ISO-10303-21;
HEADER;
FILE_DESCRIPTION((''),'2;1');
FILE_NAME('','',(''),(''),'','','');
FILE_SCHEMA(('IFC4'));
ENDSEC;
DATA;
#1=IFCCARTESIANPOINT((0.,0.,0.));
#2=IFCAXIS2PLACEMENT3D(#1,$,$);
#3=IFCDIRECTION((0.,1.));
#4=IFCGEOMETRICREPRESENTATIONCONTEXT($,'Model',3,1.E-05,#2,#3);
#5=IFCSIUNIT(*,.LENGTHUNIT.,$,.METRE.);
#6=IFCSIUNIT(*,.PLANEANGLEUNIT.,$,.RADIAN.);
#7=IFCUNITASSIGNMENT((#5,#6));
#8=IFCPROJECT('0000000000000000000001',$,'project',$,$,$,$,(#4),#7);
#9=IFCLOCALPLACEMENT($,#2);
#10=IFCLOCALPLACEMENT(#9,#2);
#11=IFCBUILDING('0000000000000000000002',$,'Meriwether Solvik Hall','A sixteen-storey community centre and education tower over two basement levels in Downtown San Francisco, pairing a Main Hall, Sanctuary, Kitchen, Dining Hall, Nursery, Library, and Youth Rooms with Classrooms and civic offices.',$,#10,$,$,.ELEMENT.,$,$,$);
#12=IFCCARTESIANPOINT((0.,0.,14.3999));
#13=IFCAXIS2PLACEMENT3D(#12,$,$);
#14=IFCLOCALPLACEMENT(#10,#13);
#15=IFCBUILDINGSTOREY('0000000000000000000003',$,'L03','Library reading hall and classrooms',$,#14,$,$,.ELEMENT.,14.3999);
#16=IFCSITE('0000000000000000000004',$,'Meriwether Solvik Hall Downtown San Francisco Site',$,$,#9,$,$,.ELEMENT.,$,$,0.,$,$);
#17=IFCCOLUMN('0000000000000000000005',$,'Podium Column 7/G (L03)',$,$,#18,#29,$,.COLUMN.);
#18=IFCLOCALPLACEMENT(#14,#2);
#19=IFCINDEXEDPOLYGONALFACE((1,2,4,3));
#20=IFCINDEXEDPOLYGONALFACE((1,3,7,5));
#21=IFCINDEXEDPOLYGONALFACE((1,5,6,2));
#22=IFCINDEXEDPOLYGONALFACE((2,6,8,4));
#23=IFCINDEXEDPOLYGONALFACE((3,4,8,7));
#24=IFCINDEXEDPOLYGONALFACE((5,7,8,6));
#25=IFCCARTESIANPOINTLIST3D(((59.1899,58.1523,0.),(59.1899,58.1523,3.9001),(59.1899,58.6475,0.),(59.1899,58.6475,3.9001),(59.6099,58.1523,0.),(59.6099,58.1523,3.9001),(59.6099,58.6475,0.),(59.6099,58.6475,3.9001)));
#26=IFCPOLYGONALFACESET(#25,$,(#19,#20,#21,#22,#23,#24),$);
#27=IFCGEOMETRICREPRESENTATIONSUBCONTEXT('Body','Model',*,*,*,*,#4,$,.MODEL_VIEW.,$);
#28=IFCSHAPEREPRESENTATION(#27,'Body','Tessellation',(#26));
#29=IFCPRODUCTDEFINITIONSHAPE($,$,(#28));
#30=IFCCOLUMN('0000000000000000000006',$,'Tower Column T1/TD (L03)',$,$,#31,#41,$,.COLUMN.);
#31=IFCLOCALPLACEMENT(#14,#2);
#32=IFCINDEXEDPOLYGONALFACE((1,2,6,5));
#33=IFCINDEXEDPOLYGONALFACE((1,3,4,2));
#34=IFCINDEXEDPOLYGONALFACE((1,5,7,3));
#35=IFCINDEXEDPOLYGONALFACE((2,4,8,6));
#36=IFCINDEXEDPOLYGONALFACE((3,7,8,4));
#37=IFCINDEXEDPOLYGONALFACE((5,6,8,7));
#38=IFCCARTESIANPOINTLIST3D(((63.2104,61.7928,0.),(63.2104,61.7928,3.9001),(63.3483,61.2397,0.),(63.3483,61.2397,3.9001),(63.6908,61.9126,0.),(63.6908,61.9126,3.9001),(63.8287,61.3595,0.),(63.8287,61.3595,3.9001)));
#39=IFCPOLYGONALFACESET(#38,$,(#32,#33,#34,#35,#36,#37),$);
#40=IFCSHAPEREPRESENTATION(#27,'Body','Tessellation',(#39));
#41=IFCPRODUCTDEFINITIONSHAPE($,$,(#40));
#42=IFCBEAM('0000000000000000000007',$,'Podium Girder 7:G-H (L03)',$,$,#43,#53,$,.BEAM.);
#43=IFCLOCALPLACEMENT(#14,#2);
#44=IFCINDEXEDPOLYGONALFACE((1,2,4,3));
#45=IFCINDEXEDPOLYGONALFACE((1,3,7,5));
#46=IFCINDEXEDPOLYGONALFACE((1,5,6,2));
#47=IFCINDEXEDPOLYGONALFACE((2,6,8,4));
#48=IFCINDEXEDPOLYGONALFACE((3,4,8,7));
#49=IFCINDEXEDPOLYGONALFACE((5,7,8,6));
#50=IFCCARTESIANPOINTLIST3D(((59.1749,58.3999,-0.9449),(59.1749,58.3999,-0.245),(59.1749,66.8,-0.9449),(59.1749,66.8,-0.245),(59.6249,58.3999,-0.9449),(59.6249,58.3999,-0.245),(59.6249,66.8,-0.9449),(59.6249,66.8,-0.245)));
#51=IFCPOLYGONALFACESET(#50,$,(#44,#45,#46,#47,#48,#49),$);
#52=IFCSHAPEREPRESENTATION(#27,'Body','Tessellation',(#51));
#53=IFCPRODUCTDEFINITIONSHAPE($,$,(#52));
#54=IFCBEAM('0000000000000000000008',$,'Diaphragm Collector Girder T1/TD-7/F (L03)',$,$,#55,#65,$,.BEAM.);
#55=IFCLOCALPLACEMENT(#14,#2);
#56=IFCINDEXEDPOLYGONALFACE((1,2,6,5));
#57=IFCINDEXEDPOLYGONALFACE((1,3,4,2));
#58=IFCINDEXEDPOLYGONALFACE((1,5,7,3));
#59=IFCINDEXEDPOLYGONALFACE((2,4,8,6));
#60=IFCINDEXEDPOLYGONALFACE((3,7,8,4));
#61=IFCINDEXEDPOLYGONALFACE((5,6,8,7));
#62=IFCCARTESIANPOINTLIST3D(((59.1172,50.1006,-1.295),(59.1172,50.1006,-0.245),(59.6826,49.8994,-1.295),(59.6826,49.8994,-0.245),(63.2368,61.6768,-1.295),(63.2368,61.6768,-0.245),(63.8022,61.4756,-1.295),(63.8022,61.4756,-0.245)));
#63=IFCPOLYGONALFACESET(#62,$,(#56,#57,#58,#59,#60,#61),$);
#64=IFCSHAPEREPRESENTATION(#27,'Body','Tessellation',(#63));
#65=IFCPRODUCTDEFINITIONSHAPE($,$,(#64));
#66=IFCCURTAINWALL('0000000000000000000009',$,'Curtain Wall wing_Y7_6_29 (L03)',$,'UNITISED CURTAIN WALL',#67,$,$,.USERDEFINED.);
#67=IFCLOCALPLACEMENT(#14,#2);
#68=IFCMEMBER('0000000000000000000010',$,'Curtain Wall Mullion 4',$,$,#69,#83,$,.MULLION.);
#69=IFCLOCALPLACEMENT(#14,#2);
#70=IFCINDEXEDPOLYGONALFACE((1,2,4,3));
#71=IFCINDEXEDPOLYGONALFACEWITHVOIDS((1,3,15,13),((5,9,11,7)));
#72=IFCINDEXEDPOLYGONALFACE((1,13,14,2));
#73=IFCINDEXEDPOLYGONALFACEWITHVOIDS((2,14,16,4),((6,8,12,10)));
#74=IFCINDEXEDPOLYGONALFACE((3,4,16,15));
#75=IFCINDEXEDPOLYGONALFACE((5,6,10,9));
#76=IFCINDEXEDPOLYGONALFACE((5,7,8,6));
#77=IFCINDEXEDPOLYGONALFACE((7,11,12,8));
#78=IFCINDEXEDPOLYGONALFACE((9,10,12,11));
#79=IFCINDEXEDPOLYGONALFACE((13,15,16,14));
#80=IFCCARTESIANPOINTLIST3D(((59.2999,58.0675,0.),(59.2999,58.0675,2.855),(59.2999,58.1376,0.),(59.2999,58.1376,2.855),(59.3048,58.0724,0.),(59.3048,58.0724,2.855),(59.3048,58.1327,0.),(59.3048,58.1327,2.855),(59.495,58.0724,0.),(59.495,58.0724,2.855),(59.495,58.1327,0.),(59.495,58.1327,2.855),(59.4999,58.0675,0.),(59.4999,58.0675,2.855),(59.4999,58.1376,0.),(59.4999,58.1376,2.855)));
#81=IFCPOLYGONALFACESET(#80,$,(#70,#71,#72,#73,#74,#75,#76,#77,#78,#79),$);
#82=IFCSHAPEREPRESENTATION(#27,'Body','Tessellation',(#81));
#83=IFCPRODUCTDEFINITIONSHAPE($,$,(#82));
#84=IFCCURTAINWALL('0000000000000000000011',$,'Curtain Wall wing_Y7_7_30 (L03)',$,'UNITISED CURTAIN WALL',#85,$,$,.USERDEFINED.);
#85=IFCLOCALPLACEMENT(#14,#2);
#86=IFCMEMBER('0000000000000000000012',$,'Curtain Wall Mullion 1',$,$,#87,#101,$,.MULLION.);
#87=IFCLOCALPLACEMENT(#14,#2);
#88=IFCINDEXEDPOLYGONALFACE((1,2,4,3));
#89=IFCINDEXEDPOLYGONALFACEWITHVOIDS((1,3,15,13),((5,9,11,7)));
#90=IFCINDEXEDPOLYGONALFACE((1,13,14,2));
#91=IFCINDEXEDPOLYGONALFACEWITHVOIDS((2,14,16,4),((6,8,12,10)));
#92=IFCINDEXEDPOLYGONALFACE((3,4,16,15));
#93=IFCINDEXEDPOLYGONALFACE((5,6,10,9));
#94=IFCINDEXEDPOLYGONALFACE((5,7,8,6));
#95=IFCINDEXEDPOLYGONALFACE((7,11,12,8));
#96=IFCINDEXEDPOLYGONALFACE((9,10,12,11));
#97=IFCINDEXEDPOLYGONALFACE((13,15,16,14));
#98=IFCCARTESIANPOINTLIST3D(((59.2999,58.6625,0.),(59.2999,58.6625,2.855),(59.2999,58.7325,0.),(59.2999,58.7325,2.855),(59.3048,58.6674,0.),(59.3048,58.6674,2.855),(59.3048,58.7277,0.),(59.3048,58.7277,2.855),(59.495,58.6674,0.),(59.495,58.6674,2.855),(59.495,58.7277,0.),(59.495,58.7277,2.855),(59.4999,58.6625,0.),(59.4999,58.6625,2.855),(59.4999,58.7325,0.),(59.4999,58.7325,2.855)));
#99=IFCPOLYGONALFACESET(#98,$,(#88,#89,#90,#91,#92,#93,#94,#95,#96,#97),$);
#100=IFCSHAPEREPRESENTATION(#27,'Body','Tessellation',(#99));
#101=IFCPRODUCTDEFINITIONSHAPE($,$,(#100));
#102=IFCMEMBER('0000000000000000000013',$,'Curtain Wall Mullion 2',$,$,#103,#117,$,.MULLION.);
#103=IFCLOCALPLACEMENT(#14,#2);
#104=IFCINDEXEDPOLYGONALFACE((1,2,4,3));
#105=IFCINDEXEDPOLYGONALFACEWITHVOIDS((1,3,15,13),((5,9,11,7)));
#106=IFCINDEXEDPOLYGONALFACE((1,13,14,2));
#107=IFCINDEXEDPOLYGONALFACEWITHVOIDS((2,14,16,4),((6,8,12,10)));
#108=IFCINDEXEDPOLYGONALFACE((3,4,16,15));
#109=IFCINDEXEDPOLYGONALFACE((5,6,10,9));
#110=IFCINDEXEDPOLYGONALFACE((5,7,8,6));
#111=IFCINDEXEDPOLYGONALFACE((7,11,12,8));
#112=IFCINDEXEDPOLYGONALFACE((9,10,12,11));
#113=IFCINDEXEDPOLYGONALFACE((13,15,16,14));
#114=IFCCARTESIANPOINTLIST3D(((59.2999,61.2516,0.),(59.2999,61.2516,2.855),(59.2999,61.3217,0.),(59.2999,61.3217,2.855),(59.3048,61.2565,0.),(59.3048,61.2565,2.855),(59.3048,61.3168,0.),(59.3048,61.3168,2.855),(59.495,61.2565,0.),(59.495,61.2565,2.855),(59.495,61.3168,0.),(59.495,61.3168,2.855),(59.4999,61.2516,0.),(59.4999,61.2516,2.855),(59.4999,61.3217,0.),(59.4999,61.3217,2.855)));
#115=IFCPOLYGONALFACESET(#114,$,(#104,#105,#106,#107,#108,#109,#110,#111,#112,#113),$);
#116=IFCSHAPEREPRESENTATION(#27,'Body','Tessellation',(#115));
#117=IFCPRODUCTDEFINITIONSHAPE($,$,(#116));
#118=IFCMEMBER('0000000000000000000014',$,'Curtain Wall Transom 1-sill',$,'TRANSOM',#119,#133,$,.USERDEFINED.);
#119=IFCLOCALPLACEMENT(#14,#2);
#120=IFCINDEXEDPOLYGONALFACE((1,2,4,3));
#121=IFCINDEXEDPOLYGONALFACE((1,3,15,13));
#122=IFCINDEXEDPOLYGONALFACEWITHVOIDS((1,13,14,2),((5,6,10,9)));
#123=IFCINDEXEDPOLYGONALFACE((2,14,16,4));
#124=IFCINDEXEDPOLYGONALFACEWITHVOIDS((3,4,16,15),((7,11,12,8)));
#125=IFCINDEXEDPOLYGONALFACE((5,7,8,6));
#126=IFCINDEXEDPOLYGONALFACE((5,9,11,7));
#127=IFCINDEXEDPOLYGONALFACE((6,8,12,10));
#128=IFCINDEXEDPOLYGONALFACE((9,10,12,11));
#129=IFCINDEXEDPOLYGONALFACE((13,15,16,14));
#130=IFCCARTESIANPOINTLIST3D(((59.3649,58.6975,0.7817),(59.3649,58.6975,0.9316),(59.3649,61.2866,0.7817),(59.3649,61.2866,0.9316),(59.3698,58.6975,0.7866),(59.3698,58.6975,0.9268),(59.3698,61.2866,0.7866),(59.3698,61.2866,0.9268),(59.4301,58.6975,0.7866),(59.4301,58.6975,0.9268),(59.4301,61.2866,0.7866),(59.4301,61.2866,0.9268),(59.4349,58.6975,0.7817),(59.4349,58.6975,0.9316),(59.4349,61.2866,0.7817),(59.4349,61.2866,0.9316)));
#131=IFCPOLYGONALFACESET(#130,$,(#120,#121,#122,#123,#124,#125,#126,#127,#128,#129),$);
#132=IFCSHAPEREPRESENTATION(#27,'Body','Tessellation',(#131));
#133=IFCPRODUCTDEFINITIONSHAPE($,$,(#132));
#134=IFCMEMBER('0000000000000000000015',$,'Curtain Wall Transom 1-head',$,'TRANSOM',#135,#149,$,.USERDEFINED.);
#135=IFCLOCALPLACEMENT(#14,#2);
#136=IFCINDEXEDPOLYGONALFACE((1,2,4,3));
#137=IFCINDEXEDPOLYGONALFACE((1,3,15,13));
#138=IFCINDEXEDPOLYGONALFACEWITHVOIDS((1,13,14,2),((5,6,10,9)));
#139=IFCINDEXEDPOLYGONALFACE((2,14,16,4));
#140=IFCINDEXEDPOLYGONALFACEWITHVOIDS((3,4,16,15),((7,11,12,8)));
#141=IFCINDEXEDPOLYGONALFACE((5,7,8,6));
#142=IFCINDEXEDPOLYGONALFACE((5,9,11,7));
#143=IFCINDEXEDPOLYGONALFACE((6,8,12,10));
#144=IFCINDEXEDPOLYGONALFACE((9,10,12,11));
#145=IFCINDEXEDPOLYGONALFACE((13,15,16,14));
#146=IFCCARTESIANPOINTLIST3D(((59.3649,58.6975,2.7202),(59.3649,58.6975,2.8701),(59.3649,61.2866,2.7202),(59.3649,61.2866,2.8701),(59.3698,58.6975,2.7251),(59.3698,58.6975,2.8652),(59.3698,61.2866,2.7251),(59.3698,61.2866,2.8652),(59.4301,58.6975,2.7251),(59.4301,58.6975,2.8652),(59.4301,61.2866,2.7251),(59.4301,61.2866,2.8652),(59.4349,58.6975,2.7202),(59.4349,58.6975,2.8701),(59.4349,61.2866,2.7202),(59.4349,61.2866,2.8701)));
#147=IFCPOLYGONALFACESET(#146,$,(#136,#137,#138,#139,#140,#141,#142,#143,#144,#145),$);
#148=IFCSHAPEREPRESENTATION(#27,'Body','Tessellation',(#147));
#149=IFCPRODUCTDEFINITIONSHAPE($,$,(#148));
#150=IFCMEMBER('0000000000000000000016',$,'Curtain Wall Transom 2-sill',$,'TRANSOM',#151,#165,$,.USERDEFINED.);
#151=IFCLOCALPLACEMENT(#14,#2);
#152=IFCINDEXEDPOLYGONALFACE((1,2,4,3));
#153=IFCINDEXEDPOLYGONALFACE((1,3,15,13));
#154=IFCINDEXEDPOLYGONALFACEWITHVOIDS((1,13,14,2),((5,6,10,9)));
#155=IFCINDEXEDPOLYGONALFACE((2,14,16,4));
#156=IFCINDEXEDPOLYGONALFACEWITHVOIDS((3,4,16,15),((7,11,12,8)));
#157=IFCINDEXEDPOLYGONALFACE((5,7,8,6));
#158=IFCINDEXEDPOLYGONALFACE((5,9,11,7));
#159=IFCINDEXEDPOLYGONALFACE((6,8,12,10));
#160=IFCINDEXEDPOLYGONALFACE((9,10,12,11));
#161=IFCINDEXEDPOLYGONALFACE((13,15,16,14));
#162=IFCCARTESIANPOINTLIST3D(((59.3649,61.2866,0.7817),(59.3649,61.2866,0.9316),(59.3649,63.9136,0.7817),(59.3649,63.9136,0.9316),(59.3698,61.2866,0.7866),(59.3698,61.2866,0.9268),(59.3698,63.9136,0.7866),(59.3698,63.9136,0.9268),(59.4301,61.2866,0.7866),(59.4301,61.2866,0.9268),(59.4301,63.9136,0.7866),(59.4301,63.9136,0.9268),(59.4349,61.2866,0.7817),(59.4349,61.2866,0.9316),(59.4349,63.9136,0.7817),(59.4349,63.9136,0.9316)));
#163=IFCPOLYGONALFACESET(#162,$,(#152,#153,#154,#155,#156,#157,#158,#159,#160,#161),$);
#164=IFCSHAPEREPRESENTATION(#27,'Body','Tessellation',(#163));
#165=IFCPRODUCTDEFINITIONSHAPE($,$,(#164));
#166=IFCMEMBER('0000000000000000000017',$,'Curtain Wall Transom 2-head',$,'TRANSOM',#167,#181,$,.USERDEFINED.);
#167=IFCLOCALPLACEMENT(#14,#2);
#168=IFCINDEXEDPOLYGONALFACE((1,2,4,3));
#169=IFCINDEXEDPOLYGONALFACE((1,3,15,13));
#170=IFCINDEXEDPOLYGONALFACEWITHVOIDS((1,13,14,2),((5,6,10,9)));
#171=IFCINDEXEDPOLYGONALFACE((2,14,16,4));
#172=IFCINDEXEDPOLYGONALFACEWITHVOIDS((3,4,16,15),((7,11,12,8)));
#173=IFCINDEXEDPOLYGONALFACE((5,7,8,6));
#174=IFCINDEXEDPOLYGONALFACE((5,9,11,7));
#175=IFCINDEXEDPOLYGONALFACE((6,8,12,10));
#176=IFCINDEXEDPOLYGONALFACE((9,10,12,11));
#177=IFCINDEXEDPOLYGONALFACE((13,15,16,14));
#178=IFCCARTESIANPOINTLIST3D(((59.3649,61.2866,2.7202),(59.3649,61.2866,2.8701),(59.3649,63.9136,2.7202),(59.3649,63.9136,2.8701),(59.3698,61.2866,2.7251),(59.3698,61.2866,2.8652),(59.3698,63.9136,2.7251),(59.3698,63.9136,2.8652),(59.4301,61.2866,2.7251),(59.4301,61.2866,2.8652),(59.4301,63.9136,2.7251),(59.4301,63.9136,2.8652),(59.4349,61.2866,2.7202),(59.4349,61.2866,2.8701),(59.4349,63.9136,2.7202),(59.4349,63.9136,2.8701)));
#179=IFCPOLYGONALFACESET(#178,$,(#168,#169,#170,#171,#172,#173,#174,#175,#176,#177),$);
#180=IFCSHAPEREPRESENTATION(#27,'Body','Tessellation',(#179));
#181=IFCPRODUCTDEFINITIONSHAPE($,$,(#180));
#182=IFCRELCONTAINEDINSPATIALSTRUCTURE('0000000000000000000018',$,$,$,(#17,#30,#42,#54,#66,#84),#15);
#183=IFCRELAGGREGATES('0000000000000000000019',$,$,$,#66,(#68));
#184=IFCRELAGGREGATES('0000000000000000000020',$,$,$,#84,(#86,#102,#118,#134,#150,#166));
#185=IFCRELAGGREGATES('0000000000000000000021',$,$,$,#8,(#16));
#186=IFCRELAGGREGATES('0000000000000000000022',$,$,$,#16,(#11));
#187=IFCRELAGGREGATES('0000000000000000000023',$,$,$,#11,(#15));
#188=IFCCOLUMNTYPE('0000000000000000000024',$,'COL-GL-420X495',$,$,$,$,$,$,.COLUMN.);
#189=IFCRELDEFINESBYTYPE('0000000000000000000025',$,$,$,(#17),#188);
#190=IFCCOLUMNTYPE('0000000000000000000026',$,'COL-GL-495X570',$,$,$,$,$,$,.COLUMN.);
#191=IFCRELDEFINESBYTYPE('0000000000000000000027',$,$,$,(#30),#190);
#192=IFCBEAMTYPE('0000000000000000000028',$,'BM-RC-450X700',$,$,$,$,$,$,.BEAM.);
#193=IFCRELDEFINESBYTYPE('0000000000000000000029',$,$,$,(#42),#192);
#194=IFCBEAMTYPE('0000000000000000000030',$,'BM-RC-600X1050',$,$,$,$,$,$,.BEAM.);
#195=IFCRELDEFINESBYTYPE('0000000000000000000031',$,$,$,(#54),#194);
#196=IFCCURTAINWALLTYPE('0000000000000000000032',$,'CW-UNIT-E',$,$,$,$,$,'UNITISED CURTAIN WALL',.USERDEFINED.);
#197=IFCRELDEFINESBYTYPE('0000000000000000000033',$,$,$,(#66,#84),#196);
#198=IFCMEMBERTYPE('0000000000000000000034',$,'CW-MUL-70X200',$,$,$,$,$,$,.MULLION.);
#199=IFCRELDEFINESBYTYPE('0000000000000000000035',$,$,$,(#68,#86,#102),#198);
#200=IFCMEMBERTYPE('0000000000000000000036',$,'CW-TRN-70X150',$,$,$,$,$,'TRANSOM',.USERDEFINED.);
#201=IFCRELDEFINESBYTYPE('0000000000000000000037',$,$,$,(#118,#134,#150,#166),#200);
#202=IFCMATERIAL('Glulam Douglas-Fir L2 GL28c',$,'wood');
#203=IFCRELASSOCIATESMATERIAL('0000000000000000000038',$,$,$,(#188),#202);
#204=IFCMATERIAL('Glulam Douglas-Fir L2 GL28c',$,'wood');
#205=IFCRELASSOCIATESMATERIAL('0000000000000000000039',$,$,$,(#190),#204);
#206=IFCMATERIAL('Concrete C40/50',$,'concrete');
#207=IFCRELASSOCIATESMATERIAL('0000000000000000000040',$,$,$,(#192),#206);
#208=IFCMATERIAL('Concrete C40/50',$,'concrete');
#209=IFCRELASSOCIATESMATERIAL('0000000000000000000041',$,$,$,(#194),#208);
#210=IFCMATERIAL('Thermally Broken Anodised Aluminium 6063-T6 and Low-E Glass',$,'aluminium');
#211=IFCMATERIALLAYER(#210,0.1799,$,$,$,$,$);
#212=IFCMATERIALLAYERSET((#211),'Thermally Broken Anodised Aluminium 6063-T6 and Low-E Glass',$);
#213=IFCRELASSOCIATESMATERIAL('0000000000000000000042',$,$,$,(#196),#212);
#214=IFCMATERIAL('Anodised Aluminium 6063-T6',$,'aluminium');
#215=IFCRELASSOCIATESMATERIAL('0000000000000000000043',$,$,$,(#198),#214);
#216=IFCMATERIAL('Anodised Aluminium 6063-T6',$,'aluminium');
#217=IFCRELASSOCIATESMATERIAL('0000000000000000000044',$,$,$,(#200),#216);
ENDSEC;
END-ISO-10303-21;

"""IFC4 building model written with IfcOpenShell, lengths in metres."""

from ifc_helpers import new_model, si_unit, direction, frame, origin, origin_2d, place, context, subcontext, project, spatial, rectangle, hollow_rectangle, extrude, material, layer, layer_set, material_profile, profile_set, type_object, element, aggregate, save


model = new_model("IFC4")

# Units and contexts
model_context = context("Model", 3, precision=1e-05, world=origin(), true_north=direction((0.0, 1.0)))
body_context = subcontext(model_context, "Body", "Model", "MODEL_VIEW")
ifc_project = project(units=[si_unit("LENGTHUNIT", "METRE"), si_unit("PLANEANGLEUNIT", "RADIAN")], contexts=[model_context])

# Site, building, storey
site_placement = place(None, origin())
site = spatial("IfcSite", under=ifc_project, at=site_placement, Name="Meriwether Solvik Hall Downtown San Francisco Site", CompositionType="ELEMENT", RefElevation=0.0)
building_placement = place(site_placement, origin())
building = spatial("IfcBuilding", under=site, at=building_placement, Name="Meriwether Solvik Hall", Description="A sixteen-storey community centre and education tower over two basement levels in Downtown San Francisco, pairing a Main Hall, Sanctuary, Kitchen, Dining Hall, Nursery, Library, and Youth Rooms with Classrooms and civic offices.", CompositionType="ELEMENT")
storey_placement = place(building_placement, frame((0.0, 0.0, 14.3999)))
storey = spatial("IfcBuildingStorey", under=building, at=storey_placement, Name="L03", Description="Library reading hall and classrooms", CompositionType="ELEMENT", Elevation=14.3999)

# Columns
ifc_material_1 = material(Name="Glulam Douglas-Fir L2 GL28c", Category="wood")
ifc_material_profile_1 = material_profile(ifc_material_1, rectangle(XDim=0.4199, YDim=0.4951, at=origin_2d()), Name="GLC-420X495")
ifc_profile_set_1 = profile_set([ifc_material_profile_1], Name="Glulam Douglas-Fir L2 GL28c")
column_type_1 = type_object("IfcColumnType", Name="COL-GL-420X495", PredefinedType="COLUMN", material=ifc_profile_set_1)
column_1_placement = place(storey_placement, frame((59.3999, 58.3999, 0.0), z_axis=(0.0, 0.0, 1.0), x_axis=(1.0, 0.0, 0.0)))
element("IfcColumn", 1, at=column_1_placement, inside=storey, type_object=column_type_1, Name="Podium Column 7/G (L03)", PredefinedType="COLUMN", context=body_context, shape_type="SweptSolid", body=[
    extrude(rectangle(XDim=0.4199, YDim=0.4951, at=origin_2d()), origin(), (0.0, 0.0, 1.0), 3.9001),
])
ifc_material_2 = material(Name="Glulam Douglas-Fir L2 GL28c", Category="wood")
ifc_material_profile_2 = material_profile(ifc_material_2, rectangle(XDim=0.4951, YDim=0.5701, at=origin_2d()), Name="GLC-495X570")
ifc_profile_set_2 = profile_set([ifc_material_profile_2], Name="Glulam Douglas-Fir L2 GL28c")
column_type_2 = type_object("IfcColumnType", Name="COL-GL-495X570", PredefinedType="COLUMN", material=ifc_profile_set_2)
column_2_placement = place(storey_placement, frame((63.5195, 61.5762, 0.0), z_axis=(0.0, 0.0, 1.0), x_axis=(0.970296, 0.241922, 0.0)))
element("IfcColumn", 2, at=column_2_placement, inside=storey, type_object=column_type_2, Name="Tower Column T1/TD (L03)", PredefinedType="COLUMN", context=body_context, shape_type="SweptSolid", body=[
    extrude(rectangle(XDim=0.4951, YDim=0.5701, at=origin_2d()), origin(), (0.0, 0.0, 1.0), 3.9001),
])

# Beams
ifc_material_3 = material(Name="Concrete C40/50", Category="concrete")
ifc_material_profile_3 = material_profile(ifc_material_3, rectangle(XDim=0.45, YDim=0.7, at=origin_2d()), Name="RCB-450X700")
ifc_profile_set_3 = profile_set([ifc_material_profile_3], Name="Concrete C40/50")
beam_type_1 = type_object("IfcBeamType", Name="BM-RC-450X700", PredefinedType="BEAM", material=ifc_profile_set_3)
beam_1_placement = place(storey_placement, frame((59.3999, 58.3999, -0.595), z_axis=(0.0, 1.0, 0.0), x_axis=(-1.0, 0.0, 0.0)))
element("IfcBeam", 3, at=beam_1_placement, inside=storey, type_object=beam_type_1, Name="Podium Girder 7:G-H (L03)", PredefinedType="BEAM", context=body_context, shape_type="SweptSolid", body=[
    extrude(rectangle(XDim=0.45, YDim=0.7, at=origin_2d()), origin(), (0.0, 0.0, 1.0), 8.4001),
])
ifc_material_4 = material(Name="Concrete C40/50", Category="concrete")
ifc_material_profile_4 = material_profile(ifc_material_4, rectangle(XDim=0.6001, YDim=1.05, at=origin_2d()), Name="RCB-600X1050")
ifc_profile_set_4 = profile_set([ifc_material_profile_4], Name="Concrete C40/50")
beam_type_2 = type_object("IfcBeamType", Name="BM-RC-600X1050", PredefinedType="BEAM", material=ifc_profile_set_4)
beam_2_placement = place(storey_placement, frame((63.5195, 61.5762, -0.77), z_axis=(-0.335274, -0.942121, 0.0), x_axis=(0.942121, -0.335274, 0.0)))
element("IfcBeam", 4, at=beam_2_placement, inside=storey, type_object=beam_type_2, Name="Diaphragm Collector Girder T1/TD-7/F (L03)", PredefinedType="BEAM", context=body_context, shape_type="SweptSolid", body=[
    extrude(rectangle(XDim=0.6001, YDim=1.05, at=origin_2d()), origin(), (0.0, 0.0, 1.0), 12.2874),
])

# Curtain wall, member
ifc_material_5 = material(Name="Thermally Broken Anodised Aluminium 6063-T6 and Low-E Glass", Category="aluminium")
ifc_layer_1 = layer(ifc_material_5, 0.1799)
ifc_layer_set_1 = layer_set([ifc_layer_1], Name="Thermally Broken Anodised Aluminium 6063-T6 and Low-E Glass")
curtain_wall_type = type_object("IfcCurtainWallType", Name="CW-UNIT-E", ElementType="UNITISED CURTAIN WALL", PredefinedType="USERDEFINED", material=ifc_layer_set_1)
curtain_wall_1_placement = place(storey_placement, origin())
curtain_wall_1 = element("IfcCurtainWall", 5, at=curtain_wall_1_placement, inside=storey, type_object=curtain_wall_type, Name="Curtain Wall wing_Y7_6_29 (L03)", ObjectType="UNITISED CURTAIN WALL", PredefinedType="USERDEFINED")
ifc_material_6 = material(Name="Anodised Aluminium 6063-T6", Category="aluminium")
ifc_material_profile_5 = material_profile(ifc_material_6, hollow_rectangle(XDim=0.0701, YDim=0.2, WallThickness=0.0049, at=origin_2d()), Name="CWM-70X200")
ifc_profile_set_5 = profile_set([ifc_material_profile_5], Name="Anodised Aluminium 6063-T6")
member_type_1 = type_object("IfcMemberType", Name="CW-MUL-70X200", PredefinedType="MULLION", material=ifc_profile_set_5)
member_1_placement = place(storey_placement, frame((59.3999, 58.1025, 0.0), z_axis=(0.0, 0.0, 1.0), x_axis=(0.0, 1.0, 0.0)))
member_1 = element("IfcMember", 6, at=member_1_placement, type_object=member_type_1, Name="Curtain Wall Mullion 4", PredefinedType="MULLION", context=body_context, shape_type="SweptSolid", body=[
    extrude(hollow_rectangle(XDim=0.0701, YDim=0.2, WallThickness=0.0049, at=origin_2d()), origin(), (0.0, 0.0, 1.0), 2.855),
])

# Curtain wall, members
curtain_wall_2_placement = place(storey_placement, origin())
curtain_wall_2 = element("IfcCurtainWall", 7, at=curtain_wall_2_placement, inside=storey, type_object=curtain_wall_type, Name="Curtain Wall wing_Y7_7_30 (L03)", ObjectType="UNITISED CURTAIN WALL", PredefinedType="USERDEFINED")
member_2_placement = place(storey_placement, frame((59.3999, 58.6975, 0.0), z_axis=(0.0, 0.0, 1.0), x_axis=(0.0, 1.0, 0.0)))
member_2 = element("IfcMember", 8, at=member_2_placement, type_object=member_type_1, Name="Curtain Wall Mullion 1", PredefinedType="MULLION", context=body_context, shape_type="SweptSolid", body=[
    extrude(hollow_rectangle(XDim=0.0701, YDim=0.2, WallThickness=0.0049, at=origin_2d()), origin(), (0.0, 0.0, 1.0), 2.855),
])
member_3_placement = place(storey_placement, frame((59.3999, 61.2866, 0.0), z_axis=(0.0, 0.0, 1.0), x_axis=(0.0, 1.0, 0.0)))
member_3 = element("IfcMember", 9, at=member_3_placement, type_object=member_type_1, Name="Curtain Wall Mullion 2", PredefinedType="MULLION", context=body_context, shape_type="SweptSolid", body=[
    extrude(hollow_rectangle(XDim=0.0701, YDim=0.2, WallThickness=0.0049, at=origin_2d()), origin(), (0.0, 0.0, 1.0), 2.855),
])
ifc_material_7 = material(Name="Anodised Aluminium 6063-T6", Category="aluminium")
ifc_material_profile_6 = material_profile(ifc_material_7, hollow_rectangle(XDim=0.0701, YDim=0.1499, WallThickness=0.0049, at=origin_2d()), Name="CWT-70X150")
ifc_profile_set_6 = profile_set([ifc_material_profile_6], Name="Anodised Aluminium 6063-T6")
member_type_2 = type_object("IfcMemberType", Name="CW-TRN-70X150", ElementType="TRANSOM", PredefinedType="USERDEFINED", material=ifc_profile_set_6)
member_4_placement = place(storey_placement, frame((59.3999, 58.6975, 0.8567), z_axis=(0.0, 1.0, 0.0), x_axis=(-1.0, 0.0, 0.0)))
member_4 = element("IfcMember", 10, at=member_4_placement, type_object=member_type_2, Name="Curtain Wall Transom 1-sill", ObjectType="TRANSOM", PredefinedType="USERDEFINED", context=body_context, shape_type="SweptSolid", body=[
    extrude(hollow_rectangle(XDim=0.0701, YDim=0.1499, WallThickness=0.0049, at=origin_2d()), origin(), (0.0, 0.0, 1.0), 2.5891),
])
member_5_placement = place(storey_placement, frame((59.3999, 58.6975, 2.7952), z_axis=(0.0, 1.0, 0.0), x_axis=(-1.0, 0.0, 0.0)))
member_5 = element("IfcMember", 11, at=member_5_placement, type_object=member_type_2, Name="Curtain Wall Transom 1-head", ObjectType="TRANSOM", PredefinedType="USERDEFINED", context=body_context, shape_type="SweptSolid", body=[
    extrude(hollow_rectangle(XDim=0.0701, YDim=0.1499, WallThickness=0.0049, at=origin_2d()), origin(), (0.0, 0.0, 1.0), 2.5891),
])
member_6_placement = place(storey_placement, frame((59.3999, 61.2866, 0.8567), z_axis=(0.0, 1.0, 0.0), x_axis=(-1.0, 0.0, 0.0)))
member_6 = element("IfcMember", 12, at=member_6_placement, type_object=member_type_2, Name="Curtain Wall Transom 2-sill", ObjectType="TRANSOM", PredefinedType="USERDEFINED", context=body_context, shape_type="SweptSolid", body=[
    extrude(hollow_rectangle(XDim=0.0701, YDim=0.1499, WallThickness=0.0049, at=origin_2d()), origin(), (0.0, 0.0, 1.0), 2.627),
])
member_7_placement = place(storey_placement, frame((59.3999, 61.2866, 2.7952), z_axis=(0.0, 1.0, 0.0), x_axis=(-1.0, 0.0, 0.0)))
member_7 = element("IfcMember", 13, at=member_7_placement, type_object=member_type_2, Name="Curtain Wall Transom 2-head", ObjectType="TRANSOM", PredefinedType="USERDEFINED", context=body_context, shape_type="SweptSolid", body=[
    extrude(hollow_rectangle(XDim=0.0701, YDim=0.1499, WallThickness=0.0049, at=origin_2d()), origin(), (0.0, 0.0, 1.0), 2.627),
])

aggregate(curtain_wall_1, [member_1])
aggregate(curtain_wall_2, [member_2, member_3, member_4, member_5, member_6, member_7])

save(model, "model.ifc")
